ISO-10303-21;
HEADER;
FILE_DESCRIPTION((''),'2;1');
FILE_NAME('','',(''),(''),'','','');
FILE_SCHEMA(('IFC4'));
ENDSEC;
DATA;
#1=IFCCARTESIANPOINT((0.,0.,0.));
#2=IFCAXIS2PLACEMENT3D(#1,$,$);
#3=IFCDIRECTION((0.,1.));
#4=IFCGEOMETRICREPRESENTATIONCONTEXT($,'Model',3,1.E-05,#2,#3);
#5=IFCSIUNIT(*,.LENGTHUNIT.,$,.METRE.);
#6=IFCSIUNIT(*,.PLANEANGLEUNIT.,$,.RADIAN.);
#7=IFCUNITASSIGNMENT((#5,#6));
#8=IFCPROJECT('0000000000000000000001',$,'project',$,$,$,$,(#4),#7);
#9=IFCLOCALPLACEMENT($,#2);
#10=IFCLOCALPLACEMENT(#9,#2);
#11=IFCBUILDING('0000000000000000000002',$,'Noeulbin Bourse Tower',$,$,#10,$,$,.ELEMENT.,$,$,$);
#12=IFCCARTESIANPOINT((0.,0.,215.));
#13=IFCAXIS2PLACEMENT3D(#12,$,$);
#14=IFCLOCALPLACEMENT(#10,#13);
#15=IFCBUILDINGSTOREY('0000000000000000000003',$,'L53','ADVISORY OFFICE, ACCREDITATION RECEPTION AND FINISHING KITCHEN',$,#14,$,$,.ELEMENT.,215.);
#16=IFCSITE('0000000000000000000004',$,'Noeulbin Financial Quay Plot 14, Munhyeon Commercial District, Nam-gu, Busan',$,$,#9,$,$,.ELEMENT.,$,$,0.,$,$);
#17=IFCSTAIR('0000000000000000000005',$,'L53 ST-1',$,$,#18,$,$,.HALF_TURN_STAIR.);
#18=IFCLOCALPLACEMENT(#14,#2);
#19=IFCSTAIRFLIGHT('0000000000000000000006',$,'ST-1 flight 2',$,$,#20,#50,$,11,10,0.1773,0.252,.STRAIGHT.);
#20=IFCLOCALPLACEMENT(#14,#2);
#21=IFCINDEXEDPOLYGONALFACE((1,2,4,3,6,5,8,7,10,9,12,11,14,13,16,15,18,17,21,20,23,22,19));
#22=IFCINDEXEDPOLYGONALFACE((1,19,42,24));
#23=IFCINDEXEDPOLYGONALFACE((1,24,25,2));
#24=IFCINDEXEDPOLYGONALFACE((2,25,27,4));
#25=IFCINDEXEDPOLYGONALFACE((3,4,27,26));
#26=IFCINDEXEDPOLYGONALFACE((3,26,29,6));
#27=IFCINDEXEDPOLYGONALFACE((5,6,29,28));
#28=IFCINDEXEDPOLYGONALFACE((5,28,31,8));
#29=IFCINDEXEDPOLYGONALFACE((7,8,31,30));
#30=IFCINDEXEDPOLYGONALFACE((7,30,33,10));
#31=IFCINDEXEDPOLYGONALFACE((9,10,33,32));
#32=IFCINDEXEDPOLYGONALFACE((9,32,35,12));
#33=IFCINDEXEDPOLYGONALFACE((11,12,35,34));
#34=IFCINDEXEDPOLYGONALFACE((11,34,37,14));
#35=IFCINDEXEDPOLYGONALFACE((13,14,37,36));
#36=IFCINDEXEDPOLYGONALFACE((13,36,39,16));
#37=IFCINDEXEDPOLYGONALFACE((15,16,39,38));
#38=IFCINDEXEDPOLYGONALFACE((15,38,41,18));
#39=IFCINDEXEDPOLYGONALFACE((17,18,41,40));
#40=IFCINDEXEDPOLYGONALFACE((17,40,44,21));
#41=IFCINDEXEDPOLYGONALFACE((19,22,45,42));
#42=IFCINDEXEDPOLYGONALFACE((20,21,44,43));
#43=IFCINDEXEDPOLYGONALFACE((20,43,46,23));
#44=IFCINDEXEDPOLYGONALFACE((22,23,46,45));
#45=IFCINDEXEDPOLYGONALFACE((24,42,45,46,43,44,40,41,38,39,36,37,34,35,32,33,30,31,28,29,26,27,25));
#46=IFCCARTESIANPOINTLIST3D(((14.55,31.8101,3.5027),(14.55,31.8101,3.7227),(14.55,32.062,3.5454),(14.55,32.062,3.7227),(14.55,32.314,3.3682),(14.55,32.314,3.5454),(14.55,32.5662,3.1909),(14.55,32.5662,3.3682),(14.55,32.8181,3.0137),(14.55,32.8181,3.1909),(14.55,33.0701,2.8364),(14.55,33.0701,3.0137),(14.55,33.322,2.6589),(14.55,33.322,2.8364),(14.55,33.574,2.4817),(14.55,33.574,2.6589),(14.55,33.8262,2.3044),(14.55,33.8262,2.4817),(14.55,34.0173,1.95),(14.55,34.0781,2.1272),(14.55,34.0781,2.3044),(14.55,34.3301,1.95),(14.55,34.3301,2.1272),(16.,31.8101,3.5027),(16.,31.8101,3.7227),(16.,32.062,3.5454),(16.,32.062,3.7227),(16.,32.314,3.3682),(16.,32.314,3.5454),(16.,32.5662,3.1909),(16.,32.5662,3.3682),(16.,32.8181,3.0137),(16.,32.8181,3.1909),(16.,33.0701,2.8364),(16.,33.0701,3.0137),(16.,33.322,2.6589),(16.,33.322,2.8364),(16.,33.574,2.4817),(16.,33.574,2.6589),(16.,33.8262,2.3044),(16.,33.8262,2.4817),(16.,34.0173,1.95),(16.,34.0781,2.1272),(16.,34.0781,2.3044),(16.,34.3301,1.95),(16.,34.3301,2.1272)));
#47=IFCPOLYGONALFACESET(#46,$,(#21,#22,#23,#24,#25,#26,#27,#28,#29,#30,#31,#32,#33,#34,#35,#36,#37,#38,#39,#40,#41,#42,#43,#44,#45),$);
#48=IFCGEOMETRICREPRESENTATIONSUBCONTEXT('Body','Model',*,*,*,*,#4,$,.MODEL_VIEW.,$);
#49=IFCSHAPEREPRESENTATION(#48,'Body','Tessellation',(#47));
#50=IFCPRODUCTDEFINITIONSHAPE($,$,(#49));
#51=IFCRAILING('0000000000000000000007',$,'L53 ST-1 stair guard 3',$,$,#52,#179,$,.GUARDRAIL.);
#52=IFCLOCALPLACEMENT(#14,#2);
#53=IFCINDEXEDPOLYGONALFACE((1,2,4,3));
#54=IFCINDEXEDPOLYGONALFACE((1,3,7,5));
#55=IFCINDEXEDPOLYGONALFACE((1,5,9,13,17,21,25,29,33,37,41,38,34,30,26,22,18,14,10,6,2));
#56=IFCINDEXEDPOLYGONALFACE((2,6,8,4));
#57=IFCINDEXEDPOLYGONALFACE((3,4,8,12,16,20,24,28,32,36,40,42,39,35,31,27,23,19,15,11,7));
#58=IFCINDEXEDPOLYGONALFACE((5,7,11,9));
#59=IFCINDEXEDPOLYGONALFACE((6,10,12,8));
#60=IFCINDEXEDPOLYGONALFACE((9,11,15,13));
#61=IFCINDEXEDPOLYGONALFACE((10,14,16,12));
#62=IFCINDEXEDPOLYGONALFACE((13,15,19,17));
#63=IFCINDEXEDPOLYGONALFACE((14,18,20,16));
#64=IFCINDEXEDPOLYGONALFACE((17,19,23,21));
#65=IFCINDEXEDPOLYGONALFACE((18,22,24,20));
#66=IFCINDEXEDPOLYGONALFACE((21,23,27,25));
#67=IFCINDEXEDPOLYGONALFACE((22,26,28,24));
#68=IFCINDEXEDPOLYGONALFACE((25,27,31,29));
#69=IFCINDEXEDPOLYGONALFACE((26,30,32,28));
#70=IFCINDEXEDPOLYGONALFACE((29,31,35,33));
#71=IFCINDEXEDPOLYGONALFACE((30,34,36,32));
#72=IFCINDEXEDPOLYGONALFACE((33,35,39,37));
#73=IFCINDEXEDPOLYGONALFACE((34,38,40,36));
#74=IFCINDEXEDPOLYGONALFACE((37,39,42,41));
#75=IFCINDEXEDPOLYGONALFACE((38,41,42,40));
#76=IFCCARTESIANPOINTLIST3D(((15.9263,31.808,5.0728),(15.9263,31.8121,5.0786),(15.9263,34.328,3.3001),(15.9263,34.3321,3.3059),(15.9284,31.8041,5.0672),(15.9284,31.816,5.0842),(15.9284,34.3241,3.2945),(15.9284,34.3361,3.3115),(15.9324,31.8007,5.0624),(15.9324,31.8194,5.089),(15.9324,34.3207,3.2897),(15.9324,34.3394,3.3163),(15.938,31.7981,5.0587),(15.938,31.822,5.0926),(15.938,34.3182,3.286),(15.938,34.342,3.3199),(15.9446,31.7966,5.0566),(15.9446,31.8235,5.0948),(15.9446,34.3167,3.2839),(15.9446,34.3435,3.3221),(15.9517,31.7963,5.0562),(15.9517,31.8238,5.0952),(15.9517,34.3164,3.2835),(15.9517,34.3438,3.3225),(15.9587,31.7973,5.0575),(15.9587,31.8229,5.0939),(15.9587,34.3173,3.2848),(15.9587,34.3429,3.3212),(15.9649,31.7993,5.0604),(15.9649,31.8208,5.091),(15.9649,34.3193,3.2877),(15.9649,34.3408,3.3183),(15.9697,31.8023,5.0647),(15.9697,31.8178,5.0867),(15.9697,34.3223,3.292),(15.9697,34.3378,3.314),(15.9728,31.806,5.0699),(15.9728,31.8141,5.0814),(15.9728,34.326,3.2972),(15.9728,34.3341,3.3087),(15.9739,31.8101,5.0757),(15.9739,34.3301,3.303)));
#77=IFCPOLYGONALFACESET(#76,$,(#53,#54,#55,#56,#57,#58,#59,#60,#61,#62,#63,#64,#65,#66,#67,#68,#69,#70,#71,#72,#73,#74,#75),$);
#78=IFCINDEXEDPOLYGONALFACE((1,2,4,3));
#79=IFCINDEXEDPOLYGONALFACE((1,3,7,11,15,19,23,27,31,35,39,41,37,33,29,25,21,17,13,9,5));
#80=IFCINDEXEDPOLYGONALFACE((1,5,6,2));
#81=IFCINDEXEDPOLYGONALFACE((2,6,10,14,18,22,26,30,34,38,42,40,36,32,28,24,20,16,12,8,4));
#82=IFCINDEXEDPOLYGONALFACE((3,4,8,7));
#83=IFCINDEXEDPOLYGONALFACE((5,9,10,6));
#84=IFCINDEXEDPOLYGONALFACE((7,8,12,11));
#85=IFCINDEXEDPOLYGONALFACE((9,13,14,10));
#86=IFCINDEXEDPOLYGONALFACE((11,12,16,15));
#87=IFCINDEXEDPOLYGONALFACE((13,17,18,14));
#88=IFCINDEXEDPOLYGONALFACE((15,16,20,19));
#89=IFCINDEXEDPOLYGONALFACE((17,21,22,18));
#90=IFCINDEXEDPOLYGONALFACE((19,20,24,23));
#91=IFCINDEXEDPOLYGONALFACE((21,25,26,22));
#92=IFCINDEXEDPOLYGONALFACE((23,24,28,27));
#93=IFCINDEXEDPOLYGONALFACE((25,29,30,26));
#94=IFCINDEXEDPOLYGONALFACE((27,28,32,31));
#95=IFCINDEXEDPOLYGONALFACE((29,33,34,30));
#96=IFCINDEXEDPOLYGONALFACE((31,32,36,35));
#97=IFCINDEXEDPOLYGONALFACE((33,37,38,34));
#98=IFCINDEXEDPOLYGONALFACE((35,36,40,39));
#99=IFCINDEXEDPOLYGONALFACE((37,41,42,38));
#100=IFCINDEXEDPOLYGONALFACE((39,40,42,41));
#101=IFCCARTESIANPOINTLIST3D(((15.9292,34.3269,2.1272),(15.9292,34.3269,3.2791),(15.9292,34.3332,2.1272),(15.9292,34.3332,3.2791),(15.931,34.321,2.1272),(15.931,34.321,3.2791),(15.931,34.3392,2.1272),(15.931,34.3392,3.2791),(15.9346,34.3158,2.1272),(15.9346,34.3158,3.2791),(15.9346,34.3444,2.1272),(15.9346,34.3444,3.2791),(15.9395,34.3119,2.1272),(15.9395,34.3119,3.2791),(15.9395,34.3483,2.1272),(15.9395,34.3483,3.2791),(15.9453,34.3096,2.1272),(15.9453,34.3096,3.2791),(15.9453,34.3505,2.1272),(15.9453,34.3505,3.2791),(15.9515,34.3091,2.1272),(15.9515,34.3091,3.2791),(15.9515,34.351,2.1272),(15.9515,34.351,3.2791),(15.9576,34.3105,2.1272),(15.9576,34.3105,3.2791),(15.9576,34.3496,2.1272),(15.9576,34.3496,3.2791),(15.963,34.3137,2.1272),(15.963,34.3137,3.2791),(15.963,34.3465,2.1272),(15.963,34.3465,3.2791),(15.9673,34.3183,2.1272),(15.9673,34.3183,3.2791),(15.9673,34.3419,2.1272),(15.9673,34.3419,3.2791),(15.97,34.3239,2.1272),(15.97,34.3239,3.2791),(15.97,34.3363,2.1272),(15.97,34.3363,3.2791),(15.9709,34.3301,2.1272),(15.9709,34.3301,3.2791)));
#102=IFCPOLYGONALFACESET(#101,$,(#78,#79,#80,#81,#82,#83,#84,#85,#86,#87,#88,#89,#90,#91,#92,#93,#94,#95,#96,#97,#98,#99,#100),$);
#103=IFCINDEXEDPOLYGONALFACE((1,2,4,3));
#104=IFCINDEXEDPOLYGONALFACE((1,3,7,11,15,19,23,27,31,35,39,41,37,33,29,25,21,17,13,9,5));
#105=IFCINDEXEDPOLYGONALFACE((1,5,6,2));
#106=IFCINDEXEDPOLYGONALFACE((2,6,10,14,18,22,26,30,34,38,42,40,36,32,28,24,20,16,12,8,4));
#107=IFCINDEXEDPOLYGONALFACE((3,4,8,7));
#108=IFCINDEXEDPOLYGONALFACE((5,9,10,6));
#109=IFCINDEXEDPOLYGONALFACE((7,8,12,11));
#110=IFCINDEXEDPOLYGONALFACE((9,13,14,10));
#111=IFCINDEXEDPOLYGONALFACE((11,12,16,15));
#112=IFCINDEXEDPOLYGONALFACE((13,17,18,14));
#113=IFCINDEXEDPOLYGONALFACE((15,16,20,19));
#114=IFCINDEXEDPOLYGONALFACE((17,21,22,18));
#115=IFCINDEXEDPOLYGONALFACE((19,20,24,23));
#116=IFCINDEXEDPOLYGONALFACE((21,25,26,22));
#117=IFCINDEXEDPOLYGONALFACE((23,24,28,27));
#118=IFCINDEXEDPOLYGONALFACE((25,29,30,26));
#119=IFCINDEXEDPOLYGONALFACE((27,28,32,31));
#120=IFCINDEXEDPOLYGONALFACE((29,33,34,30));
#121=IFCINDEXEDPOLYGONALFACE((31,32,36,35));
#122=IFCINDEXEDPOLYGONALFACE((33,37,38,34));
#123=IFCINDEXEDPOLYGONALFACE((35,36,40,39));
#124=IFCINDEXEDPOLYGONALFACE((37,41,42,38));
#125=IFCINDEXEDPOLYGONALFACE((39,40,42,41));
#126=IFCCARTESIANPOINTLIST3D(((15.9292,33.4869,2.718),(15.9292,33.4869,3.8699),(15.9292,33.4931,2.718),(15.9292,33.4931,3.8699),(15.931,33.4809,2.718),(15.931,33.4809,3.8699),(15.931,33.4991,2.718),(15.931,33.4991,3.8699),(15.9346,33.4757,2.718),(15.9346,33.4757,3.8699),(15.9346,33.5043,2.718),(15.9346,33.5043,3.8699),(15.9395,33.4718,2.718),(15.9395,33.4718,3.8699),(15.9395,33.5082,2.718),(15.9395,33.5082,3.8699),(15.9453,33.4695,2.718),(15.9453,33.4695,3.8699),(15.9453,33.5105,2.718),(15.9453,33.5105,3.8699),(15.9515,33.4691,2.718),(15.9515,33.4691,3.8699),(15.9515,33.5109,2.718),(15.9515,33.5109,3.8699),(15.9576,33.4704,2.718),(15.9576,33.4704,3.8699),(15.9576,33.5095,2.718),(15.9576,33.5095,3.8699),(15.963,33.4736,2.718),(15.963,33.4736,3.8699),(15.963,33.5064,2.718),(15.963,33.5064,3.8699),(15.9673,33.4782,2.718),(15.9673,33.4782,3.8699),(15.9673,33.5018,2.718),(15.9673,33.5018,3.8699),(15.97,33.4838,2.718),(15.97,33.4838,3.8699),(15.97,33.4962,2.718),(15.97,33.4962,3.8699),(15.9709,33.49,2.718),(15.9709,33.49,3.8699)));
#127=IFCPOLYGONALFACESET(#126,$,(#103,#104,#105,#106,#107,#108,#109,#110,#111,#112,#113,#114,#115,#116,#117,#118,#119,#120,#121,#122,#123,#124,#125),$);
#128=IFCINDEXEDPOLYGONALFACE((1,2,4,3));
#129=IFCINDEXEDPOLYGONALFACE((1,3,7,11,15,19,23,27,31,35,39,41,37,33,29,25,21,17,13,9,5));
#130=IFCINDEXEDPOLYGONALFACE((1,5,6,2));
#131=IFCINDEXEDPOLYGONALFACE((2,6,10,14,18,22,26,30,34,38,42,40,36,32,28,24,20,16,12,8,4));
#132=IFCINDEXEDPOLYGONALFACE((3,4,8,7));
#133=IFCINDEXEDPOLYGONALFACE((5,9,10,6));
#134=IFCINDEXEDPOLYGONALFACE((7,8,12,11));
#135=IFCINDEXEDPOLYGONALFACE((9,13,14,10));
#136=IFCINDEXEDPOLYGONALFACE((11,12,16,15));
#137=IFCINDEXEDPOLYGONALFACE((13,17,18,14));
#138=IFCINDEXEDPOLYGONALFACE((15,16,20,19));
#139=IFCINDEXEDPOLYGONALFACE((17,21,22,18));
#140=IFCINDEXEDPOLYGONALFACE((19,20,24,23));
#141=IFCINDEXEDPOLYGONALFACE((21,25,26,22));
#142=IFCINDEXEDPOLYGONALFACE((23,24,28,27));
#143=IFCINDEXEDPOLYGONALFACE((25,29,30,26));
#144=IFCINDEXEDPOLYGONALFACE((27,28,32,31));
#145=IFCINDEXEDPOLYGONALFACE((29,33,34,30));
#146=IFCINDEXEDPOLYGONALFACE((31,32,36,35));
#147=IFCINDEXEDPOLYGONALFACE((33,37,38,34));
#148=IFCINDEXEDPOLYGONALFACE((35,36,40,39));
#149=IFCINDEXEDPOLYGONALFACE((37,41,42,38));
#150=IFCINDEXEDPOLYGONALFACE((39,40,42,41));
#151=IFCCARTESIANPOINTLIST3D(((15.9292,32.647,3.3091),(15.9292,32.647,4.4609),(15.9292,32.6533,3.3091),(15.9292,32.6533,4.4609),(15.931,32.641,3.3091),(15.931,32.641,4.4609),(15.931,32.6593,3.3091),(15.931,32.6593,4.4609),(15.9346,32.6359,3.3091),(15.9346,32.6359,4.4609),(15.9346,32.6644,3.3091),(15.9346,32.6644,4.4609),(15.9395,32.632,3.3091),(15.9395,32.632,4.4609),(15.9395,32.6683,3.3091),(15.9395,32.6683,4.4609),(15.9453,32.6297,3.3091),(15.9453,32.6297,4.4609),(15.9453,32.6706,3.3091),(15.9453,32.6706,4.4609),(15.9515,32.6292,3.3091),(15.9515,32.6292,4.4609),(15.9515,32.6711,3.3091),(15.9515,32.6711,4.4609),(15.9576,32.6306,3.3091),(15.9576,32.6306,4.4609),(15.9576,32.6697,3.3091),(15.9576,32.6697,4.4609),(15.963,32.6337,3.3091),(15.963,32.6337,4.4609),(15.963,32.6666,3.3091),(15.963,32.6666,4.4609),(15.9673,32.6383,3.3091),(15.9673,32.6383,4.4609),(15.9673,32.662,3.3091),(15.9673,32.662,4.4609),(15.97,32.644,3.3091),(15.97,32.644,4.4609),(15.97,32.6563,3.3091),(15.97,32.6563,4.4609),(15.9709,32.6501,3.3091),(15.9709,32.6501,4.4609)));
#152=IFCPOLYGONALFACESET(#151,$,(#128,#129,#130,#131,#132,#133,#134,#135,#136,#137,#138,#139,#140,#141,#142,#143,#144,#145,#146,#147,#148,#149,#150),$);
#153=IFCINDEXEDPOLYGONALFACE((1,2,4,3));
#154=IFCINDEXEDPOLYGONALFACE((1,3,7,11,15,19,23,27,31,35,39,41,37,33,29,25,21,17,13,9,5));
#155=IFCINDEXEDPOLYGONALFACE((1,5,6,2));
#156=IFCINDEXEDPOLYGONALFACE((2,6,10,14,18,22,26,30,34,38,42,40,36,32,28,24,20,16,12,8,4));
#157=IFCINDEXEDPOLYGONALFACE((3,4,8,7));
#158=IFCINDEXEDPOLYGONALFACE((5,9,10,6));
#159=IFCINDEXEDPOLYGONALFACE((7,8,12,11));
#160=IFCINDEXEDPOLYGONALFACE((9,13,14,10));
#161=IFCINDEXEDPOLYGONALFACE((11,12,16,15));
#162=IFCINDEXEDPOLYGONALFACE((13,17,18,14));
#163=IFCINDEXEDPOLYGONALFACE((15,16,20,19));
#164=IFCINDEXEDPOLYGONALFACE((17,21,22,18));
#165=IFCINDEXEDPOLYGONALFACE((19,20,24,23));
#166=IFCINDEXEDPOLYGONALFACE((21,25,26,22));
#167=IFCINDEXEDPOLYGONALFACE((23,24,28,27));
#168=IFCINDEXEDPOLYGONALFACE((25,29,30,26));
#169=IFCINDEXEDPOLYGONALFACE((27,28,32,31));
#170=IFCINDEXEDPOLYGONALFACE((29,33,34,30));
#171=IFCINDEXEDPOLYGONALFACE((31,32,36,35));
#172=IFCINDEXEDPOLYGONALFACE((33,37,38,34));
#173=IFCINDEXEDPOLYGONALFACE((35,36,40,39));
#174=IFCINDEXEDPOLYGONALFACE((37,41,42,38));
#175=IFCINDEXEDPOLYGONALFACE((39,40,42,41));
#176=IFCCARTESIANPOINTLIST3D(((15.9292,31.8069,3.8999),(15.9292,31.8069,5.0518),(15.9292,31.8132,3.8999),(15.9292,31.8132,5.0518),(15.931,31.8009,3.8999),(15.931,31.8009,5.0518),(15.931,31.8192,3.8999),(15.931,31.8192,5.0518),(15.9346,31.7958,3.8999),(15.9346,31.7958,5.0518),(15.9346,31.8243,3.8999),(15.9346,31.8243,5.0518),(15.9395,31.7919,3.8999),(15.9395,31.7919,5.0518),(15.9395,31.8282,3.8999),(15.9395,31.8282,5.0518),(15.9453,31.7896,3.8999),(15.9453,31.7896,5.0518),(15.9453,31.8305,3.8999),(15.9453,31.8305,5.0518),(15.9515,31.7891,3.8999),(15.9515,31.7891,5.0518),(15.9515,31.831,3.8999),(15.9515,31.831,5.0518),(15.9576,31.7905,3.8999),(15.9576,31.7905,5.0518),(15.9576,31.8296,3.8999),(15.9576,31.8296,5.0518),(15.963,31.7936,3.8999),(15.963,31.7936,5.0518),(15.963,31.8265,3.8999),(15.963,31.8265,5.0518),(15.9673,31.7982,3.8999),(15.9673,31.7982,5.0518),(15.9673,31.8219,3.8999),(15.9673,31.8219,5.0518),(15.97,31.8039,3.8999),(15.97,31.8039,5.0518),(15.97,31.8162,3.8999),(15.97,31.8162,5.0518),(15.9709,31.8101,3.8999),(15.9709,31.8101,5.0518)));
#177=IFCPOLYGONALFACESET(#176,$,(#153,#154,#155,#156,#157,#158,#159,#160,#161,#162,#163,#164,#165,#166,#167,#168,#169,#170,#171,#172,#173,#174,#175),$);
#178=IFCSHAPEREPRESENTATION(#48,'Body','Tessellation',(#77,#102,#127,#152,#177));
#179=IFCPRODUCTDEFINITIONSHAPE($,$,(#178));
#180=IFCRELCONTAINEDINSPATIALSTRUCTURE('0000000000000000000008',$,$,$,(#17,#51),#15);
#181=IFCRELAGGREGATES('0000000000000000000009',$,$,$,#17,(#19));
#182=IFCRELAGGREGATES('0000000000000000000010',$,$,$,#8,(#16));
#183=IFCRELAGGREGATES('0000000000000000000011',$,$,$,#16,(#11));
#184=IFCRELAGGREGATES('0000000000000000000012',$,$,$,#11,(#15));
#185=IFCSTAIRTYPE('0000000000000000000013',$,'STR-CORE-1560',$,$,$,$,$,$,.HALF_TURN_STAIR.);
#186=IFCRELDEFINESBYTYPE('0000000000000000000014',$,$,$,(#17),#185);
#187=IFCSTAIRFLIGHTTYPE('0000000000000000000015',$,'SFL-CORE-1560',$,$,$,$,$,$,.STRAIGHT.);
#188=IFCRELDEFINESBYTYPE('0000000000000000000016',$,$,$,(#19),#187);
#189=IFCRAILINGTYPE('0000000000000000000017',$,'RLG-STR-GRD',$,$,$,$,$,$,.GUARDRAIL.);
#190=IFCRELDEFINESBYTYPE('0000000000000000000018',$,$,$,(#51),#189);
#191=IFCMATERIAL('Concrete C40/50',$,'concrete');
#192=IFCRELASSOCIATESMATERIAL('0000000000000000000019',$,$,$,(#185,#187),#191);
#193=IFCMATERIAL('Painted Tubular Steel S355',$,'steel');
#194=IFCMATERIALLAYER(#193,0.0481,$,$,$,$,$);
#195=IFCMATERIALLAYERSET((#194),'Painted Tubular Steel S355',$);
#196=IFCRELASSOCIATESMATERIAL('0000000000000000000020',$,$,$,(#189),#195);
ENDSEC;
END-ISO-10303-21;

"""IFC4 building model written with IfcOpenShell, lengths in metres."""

from ifc_helpers import new_model, si_unit, direction, frame, origin, origin_2d, place, context, subcontext, project, spatial, polyline, circle, outline, extrude, material, layer, layer_set, type_object, element, aggregate, save


model = new_model("IFC4")

# Units and contexts
model_context = context("Model", 3, precision=1e-05, world=origin(), true_north=direction((0.0, 1.0)))
body_context = subcontext(model_context, "Body", "Model", "MODEL_VIEW")
ifc_project = project(units=[si_unit("LENGTHUNIT", "METRE"), si_unit("PLANEANGLEUNIT", "RADIAN")], contexts=[model_context])

# Site, building, storey
site_placement = place(None, origin())
site = spatial("IfcSite", under=ifc_project, at=site_placement, Name="Noeulbin Financial Quay Plot 14, Munhyeon Commercial District, Nam-gu, Busan", CompositionType="ELEMENT", RefElevation=0.0)
building_placement = place(site_placement, origin())
building = spatial("IfcBuilding", under=site, at=building_placement, Name="Noeulbin Bourse Tower", CompositionType="ELEMENT")
storey_placement = place(building_placement, frame((0.0, 0.0, 215.0)))
storey = spatial("IfcBuildingStorey", under=building, at=storey_placement, Name="L53", Description="ADVISORY OFFICE, ACCREDITATION RECEPTION AND FINISHING KITCHEN", CompositionType="ELEMENT", Elevation=215.0)

# Shared definitions
ifc_material_1 = material(Name="Concrete C40/50", Category="concrete")

# Stair, stair flight
stair_type = type_object("IfcStairType", Name="STR-CORE-1560", PredefinedType="HALF_TURN_STAIR", material=ifc_material_1)
stair_placement = place(storey_placement, origin())
stair = element("IfcStair", 1, at=stair_placement, inside=storey, type_object=stair_type, Name="L53 ST-1", PredefinedType="HALF_TURN_STAIR")
stair_flight_type = type_object("IfcStairFlightType", Name="SFL-CORE-1560", PredefinedType="STRAIGHT", material=ifc_material_1)
stair_flight_placement = place(storey_placement, frame((15.2749, 34.3301, 1.95), z_axis=(0.0, 0.0, 1.0), x_axis=(0.0, -1.0, 0.0)))
stair_flight = element("IfcStairFlight", 2, at=stair_flight_placement, type_object=stair_flight_type, Name="ST-1 flight 2", NumberOfRisers=11, NumberOfTreads=10, PredefinedType="STRAIGHT", RiserHeight=0.1773, TreadLength=0.252, context=body_context, shape_type="SweptSolid", body=[
    extrude(outline(polyline([(0.0, 0.0), (0.0, 0.1772), (0.252, 0.1772), (0.252, 0.3545), (0.5039, 0.3545), (0.5039, 0.5317), (0.7561, 0.5317), (0.7561, 0.709), (1.0081, 0.709), (1.0081, 0.8865), (1.26, 0.8865), (1.26, 1.0637), (1.512, 1.0637), (1.512, 1.241), (1.7639, 1.241), (1.7639, 1.4182), (2.0161, 1.4182), (2.0161, 1.5955), (2.2681, 1.5955), (2.2681, 1.7727), (2.52, 1.7727), (2.52, 1.95), (2.52, 1.5527), (0.3127, 0.0), (0.0, 0.0)])), frame((0.0, 0.7251, 0.0), z_axis=(0.0, -1.0, 0.0), x_axis=(1.0, 0.0, 0.0)), (0.0, 0.0, 1.0), 1.45),
])
aggregate(stair, [stair_flight])

# Railing
ifc_material_2 = material(Name="Painted Tubular Steel S355", Category="steel")
ifc_layer_1 = layer(ifc_material_2, 0.0481)
ifc_layer_set_1 = layer_set([ifc_layer_1], Name="Painted Tubular Steel S355")
railing_type_1 = type_object("IfcRailingType", Name="RLG-STR-GRD", PredefinedType="GUARDRAIL", material=ifc_layer_set_1)
railing_1_placement = place(storey_placement, frame((15.95, 34.3301, 2.1272)))
element("IfcRailing", 3, at=railing_1_placement, inside=storey, type_object=railing_type_1, Name="L53 ST-1 stair guard 3", PredefinedType="GUARDRAIL", context=body_context, shape_type="SweptSolid", body=[
    extrude(circle(Radius=0.0239, at=origin_2d()), frame((0.0, 0.0, 1.1758), z_axis=(0.0, -0.817904, 0.575354), x_axis=(1.0, 0.0, 0.0)), (0.0, 0.0, 1.0), 3.0811),
    extrude(circle(Radius=0.021, at=origin_2d()), origin(), (0.0, 0.0, 1.0), 1.1519),
    extrude(circle(Radius=0.021, at=origin_2d()), frame((0.0, -0.8401, 0.5908)), (0.0, 0.0, 1.0), 1.1519),
    extrude(circle(Radius=0.021, at=origin_2d()), frame((0.0, -1.6799, 1.1819)), (0.0, 0.0, 1.0), 1.1519),
    extrude(circle(Radius=0.021, at=origin_2d()), frame((0.0, -2.52, 1.7727)), (0.0, 0.0, 1.0), 1.1519),
])

save(model, "model.ifc")
